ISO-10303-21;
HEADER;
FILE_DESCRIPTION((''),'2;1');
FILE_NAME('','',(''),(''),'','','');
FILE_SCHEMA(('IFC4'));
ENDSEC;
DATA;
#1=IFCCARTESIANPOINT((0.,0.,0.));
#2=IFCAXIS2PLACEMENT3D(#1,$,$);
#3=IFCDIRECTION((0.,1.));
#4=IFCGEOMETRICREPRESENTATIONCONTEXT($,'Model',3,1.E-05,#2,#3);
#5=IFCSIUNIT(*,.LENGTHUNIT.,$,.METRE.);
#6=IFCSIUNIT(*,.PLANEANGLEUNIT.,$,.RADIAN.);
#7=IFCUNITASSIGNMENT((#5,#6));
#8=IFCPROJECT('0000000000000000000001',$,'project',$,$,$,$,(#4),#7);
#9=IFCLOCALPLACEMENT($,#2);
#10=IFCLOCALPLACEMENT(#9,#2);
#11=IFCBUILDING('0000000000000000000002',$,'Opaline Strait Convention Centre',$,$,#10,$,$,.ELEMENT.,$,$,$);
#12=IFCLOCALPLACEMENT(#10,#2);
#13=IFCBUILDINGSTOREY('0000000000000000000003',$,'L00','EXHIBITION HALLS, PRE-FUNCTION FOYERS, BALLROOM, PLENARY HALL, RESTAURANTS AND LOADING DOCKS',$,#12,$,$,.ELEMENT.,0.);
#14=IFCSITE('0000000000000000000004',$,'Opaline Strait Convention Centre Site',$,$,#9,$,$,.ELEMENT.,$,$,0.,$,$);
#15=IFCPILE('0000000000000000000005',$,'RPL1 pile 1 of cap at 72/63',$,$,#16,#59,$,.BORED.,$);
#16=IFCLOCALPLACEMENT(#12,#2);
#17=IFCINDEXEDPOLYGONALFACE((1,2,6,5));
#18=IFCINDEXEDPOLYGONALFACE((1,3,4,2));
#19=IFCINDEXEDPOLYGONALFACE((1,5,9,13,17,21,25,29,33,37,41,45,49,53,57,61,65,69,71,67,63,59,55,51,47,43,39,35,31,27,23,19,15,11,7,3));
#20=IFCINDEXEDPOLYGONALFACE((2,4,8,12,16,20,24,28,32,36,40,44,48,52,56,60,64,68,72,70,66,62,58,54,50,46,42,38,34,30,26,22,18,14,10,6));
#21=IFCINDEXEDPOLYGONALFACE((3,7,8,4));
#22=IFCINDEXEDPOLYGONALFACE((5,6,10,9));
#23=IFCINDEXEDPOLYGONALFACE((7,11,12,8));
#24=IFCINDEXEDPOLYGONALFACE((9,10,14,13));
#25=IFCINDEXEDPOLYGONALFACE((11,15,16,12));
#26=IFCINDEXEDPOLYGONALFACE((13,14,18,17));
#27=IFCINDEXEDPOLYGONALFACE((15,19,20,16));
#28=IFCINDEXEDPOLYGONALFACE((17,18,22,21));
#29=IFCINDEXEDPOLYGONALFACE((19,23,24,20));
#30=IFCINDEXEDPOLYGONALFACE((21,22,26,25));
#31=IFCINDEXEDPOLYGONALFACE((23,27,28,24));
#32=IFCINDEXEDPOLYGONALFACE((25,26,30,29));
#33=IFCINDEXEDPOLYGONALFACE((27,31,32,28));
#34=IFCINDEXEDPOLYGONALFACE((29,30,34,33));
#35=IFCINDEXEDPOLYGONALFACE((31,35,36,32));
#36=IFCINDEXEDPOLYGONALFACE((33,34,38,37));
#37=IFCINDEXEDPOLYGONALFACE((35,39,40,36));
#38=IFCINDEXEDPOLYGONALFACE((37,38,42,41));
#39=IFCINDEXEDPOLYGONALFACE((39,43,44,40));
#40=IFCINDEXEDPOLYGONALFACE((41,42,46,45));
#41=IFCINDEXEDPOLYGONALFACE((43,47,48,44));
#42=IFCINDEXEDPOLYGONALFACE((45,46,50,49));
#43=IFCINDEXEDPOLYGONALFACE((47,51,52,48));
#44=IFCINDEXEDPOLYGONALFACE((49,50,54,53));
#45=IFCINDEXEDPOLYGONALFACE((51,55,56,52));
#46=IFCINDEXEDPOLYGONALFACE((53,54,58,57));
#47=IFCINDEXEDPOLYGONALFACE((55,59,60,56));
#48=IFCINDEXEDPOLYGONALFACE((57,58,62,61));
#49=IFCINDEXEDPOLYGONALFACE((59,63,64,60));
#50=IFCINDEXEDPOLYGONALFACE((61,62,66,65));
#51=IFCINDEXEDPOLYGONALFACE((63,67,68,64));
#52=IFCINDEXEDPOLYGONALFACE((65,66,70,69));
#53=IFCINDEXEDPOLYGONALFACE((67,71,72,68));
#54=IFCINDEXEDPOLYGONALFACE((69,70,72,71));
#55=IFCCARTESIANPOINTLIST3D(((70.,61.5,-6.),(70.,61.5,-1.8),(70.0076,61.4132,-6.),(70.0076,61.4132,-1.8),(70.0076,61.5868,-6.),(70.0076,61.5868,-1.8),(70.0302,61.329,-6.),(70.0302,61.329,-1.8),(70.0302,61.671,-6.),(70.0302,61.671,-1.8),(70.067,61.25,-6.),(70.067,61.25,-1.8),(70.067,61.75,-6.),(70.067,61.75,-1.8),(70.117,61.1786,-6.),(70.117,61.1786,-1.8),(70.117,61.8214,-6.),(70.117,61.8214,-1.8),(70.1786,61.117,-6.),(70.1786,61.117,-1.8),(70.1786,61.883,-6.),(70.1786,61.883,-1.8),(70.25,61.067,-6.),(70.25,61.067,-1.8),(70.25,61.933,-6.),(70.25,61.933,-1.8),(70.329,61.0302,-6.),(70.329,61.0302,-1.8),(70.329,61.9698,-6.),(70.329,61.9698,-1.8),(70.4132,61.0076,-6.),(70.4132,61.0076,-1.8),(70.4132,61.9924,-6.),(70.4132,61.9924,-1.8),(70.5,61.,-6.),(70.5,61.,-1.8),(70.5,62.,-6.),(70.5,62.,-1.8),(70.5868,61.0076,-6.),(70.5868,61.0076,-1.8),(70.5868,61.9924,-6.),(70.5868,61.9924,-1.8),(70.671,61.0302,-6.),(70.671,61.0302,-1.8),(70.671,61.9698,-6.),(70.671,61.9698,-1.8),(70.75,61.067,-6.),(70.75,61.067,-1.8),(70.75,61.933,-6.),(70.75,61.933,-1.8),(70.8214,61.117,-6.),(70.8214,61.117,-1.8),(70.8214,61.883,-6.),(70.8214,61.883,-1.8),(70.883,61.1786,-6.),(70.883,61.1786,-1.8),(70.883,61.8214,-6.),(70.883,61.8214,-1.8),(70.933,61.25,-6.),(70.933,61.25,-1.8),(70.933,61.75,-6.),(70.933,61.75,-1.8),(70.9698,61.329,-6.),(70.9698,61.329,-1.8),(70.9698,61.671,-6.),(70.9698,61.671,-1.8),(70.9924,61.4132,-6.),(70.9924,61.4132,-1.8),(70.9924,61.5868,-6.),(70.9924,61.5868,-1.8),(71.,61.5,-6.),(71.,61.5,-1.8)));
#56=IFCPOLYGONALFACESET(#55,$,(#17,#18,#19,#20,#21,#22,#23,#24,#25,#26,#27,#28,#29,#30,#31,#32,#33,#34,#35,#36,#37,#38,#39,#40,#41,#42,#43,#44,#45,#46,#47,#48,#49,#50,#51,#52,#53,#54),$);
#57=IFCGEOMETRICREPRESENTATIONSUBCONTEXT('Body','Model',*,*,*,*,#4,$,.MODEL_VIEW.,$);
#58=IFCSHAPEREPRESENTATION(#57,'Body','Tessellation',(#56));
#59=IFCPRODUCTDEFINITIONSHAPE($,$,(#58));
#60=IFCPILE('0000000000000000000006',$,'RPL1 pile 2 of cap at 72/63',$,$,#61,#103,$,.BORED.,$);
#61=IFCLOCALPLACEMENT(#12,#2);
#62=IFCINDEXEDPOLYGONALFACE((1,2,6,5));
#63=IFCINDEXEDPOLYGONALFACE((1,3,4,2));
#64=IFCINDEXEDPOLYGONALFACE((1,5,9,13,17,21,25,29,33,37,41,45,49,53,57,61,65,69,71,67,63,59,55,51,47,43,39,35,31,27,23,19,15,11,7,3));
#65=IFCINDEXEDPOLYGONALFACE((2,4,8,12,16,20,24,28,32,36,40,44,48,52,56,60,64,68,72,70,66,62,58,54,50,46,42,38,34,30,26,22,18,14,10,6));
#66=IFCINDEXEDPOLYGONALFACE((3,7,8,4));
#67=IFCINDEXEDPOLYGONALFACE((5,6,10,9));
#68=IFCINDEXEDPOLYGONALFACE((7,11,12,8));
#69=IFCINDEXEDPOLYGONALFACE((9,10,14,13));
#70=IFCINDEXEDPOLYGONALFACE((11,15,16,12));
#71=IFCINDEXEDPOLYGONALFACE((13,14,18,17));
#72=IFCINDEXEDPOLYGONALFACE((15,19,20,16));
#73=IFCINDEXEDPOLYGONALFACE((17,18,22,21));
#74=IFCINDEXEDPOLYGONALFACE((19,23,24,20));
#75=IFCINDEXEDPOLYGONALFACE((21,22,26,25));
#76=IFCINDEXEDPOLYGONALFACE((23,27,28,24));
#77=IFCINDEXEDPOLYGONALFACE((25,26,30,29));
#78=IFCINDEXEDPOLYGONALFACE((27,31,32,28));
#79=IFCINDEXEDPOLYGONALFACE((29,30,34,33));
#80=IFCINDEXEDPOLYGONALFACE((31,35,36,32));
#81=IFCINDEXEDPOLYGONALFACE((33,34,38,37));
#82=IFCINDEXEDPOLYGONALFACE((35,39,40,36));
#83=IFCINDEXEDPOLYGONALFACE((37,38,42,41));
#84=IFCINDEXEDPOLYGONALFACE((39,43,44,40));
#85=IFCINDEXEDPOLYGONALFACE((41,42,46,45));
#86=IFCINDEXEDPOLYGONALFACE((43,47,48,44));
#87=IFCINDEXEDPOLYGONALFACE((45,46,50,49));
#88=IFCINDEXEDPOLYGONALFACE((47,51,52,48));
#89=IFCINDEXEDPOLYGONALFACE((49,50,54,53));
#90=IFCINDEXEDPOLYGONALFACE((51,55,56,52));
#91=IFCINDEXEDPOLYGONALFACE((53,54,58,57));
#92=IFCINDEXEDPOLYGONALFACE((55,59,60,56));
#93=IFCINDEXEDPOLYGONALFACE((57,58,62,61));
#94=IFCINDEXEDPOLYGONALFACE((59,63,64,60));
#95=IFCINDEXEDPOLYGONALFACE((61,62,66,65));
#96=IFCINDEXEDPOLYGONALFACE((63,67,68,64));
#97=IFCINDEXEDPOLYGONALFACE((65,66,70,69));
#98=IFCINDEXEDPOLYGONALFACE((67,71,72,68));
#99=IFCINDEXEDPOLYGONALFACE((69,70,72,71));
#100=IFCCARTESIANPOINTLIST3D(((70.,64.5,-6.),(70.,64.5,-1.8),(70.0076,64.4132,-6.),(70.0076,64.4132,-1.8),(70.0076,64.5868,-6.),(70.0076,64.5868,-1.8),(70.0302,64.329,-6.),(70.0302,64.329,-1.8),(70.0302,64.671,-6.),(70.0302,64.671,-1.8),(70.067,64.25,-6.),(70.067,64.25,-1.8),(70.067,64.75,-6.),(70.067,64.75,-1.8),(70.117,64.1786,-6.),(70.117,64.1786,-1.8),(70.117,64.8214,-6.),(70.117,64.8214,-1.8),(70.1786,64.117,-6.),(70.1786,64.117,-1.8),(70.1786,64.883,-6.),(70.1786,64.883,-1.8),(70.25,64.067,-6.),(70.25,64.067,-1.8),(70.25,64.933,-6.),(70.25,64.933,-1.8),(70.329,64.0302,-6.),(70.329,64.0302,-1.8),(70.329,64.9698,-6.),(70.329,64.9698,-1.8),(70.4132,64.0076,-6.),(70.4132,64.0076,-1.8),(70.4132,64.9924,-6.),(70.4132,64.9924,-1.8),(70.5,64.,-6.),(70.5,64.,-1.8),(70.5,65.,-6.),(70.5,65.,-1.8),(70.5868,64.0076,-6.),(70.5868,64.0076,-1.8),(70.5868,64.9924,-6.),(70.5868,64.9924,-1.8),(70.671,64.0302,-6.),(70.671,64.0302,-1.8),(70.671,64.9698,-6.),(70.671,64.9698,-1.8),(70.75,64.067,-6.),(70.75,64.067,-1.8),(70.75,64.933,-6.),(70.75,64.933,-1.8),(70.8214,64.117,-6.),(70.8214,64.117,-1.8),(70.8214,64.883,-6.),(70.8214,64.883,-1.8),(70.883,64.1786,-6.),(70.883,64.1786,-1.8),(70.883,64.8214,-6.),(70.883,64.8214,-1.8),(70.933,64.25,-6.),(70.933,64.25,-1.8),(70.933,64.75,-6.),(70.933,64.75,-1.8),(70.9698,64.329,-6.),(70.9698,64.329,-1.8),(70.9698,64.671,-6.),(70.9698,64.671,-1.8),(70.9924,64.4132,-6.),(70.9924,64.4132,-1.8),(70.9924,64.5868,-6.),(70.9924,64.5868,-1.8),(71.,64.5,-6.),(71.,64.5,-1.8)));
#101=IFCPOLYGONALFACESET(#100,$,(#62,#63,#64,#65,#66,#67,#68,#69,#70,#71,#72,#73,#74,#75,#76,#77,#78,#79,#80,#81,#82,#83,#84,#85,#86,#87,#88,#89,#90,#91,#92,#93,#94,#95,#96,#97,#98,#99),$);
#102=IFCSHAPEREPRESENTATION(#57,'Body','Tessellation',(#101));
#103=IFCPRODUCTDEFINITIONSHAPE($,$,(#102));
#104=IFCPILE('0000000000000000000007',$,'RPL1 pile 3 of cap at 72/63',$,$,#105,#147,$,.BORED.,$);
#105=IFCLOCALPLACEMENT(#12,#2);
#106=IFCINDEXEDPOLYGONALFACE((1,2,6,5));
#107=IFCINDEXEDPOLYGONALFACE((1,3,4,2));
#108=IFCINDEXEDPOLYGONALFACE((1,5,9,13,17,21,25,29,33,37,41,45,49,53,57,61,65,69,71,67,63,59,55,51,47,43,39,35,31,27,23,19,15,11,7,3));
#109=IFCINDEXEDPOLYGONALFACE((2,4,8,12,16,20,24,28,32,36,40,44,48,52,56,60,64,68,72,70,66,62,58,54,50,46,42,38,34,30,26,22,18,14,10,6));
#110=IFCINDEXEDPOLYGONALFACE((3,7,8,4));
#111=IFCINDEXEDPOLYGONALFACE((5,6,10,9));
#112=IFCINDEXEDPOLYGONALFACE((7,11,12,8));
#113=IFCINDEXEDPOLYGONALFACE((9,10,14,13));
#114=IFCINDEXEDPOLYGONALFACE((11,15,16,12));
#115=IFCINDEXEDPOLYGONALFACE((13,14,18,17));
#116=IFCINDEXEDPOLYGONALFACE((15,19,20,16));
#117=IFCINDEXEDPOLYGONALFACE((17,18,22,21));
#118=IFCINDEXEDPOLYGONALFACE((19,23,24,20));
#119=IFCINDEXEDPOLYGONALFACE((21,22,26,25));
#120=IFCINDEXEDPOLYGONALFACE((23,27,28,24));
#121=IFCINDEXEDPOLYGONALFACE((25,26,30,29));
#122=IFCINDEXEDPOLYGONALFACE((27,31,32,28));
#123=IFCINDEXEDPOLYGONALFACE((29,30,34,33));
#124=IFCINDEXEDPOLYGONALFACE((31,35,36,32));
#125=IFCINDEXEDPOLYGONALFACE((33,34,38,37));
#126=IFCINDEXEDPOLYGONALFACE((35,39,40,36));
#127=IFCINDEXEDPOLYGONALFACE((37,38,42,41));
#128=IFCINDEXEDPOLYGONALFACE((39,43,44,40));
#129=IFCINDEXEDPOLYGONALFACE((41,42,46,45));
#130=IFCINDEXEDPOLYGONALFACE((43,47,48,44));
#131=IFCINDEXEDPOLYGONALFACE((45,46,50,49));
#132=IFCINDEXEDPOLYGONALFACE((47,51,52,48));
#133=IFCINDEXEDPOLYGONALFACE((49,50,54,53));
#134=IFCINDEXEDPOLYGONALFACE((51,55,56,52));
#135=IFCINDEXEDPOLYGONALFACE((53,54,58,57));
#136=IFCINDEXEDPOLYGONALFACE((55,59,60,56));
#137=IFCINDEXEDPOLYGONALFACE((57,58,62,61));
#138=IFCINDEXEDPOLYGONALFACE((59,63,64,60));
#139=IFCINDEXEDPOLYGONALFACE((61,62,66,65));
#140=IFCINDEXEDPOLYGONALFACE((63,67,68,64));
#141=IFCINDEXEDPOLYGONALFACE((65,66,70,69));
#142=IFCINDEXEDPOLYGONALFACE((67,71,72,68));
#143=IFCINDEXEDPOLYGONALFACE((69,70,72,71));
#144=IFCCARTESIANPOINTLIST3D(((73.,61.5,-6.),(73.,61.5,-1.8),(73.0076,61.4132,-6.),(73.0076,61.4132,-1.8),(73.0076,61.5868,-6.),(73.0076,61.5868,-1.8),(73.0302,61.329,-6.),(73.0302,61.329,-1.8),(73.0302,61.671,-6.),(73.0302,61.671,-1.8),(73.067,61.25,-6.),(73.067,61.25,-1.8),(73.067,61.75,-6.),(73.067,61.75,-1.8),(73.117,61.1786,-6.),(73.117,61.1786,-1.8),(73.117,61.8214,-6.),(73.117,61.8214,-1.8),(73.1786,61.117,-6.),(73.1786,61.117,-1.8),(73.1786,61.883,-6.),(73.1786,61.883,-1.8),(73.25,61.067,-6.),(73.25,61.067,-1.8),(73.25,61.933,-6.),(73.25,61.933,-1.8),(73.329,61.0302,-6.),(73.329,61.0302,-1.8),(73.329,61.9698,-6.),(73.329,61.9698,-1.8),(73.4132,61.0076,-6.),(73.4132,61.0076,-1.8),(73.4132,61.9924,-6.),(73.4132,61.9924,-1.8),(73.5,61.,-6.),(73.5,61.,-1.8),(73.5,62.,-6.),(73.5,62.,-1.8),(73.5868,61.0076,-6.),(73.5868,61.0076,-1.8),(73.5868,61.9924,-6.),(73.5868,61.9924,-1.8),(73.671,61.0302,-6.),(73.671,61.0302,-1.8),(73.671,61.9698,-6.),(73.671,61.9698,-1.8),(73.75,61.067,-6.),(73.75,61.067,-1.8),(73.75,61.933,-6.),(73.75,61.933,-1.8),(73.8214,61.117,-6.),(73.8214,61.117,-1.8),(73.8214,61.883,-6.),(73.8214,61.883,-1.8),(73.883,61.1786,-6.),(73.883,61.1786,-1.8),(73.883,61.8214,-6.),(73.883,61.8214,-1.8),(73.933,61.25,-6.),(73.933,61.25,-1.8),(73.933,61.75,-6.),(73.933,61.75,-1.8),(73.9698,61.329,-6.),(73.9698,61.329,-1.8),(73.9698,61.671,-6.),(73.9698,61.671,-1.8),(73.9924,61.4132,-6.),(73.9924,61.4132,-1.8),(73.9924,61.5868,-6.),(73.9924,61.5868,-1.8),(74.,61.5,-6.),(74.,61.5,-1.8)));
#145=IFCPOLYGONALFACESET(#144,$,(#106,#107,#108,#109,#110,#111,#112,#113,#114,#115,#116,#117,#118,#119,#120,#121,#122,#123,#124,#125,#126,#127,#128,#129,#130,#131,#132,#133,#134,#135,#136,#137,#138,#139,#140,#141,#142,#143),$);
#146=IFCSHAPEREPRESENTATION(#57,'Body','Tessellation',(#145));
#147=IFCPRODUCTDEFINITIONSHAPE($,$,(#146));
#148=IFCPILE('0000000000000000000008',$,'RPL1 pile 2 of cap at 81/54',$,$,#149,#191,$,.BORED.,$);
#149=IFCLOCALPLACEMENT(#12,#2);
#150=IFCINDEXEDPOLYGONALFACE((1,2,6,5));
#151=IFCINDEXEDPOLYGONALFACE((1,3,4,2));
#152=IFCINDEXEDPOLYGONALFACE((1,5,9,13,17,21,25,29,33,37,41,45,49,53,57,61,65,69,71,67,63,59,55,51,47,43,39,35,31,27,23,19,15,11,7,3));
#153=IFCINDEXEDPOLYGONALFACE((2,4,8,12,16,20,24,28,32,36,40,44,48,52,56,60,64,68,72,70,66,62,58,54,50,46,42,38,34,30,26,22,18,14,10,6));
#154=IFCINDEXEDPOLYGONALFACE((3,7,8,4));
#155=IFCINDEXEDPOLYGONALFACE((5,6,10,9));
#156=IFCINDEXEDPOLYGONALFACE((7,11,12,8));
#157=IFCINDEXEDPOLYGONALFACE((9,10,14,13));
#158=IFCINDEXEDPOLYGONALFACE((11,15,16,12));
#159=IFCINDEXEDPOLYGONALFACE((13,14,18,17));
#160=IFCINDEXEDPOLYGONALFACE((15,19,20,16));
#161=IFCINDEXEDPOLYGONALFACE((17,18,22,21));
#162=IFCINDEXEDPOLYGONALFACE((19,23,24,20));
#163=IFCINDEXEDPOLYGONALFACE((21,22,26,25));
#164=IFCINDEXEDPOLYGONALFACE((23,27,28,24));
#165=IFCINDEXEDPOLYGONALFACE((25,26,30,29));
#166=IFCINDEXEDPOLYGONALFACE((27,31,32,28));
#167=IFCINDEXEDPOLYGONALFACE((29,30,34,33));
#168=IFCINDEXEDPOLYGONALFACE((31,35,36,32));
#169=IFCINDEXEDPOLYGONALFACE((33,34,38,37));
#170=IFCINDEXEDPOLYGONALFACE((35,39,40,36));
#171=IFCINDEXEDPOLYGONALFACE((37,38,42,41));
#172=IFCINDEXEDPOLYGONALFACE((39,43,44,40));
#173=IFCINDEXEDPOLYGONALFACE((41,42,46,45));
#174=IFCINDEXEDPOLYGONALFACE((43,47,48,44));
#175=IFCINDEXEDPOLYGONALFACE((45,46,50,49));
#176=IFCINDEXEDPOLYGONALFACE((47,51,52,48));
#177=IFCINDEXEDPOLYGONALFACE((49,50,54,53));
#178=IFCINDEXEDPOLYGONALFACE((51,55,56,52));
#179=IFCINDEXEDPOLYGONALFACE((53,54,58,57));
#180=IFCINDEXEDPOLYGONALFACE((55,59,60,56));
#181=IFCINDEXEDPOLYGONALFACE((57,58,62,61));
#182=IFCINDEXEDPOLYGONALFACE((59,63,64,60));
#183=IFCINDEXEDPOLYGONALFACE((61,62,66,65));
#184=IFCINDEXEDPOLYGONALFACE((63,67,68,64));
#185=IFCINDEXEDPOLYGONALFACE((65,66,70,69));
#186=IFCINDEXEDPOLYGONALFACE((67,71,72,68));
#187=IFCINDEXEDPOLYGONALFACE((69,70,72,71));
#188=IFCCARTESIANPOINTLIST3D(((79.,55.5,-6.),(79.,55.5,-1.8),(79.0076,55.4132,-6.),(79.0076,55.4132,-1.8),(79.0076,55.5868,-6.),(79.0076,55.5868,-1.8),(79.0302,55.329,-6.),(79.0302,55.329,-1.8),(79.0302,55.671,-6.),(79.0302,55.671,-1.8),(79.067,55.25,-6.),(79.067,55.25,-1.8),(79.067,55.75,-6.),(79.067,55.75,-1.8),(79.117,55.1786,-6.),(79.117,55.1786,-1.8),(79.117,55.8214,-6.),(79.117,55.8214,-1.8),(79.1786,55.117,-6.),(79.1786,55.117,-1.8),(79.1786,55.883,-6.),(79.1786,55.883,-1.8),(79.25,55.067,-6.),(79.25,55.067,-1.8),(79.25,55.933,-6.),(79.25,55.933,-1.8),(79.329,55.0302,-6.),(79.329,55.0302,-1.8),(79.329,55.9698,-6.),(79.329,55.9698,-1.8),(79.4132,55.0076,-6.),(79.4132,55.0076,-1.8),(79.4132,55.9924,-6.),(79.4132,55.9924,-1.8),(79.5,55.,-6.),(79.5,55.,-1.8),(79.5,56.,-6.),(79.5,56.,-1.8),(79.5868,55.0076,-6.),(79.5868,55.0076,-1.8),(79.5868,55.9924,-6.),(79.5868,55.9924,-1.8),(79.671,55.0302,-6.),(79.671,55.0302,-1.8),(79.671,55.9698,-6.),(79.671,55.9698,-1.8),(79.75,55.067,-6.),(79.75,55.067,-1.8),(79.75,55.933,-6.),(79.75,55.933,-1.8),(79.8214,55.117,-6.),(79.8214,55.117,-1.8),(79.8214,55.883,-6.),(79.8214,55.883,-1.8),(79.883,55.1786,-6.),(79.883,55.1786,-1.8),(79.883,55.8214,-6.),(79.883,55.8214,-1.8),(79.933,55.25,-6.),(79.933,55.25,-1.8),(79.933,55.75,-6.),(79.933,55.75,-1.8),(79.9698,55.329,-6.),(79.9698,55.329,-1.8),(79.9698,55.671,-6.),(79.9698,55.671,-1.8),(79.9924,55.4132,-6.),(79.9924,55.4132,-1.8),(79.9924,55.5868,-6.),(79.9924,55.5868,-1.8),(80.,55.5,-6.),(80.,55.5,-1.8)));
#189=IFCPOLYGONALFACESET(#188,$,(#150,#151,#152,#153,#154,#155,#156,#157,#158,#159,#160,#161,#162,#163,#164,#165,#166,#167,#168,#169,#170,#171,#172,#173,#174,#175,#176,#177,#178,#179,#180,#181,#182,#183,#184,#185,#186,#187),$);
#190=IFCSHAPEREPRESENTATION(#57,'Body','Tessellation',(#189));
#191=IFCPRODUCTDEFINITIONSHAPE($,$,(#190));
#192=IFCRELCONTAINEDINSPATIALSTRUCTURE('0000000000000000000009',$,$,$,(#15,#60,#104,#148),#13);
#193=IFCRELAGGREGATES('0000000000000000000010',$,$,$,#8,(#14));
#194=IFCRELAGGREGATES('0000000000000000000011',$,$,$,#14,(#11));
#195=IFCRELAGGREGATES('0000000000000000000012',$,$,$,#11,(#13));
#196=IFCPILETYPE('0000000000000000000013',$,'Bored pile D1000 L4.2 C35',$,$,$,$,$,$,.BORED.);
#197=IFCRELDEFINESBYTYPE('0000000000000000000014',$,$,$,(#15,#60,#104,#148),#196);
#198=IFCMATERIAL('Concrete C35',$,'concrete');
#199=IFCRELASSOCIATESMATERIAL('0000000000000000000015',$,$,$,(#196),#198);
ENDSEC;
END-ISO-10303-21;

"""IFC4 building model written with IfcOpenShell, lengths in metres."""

from ifc_helpers import new_model, si_unit, direction, frame, origin, origin_2d, place, context, subcontext, project, spatial, circle, extrude, material, material_profile, profile_set, type_object, element, save


model = new_model("IFC4")

# Units and contexts
model_context = context("Model", 3, precision=1e-05, world=origin(), true_north=direction((0.0, 1.0)))
body_context = subcontext(model_context, "Body", "Model", "MODEL_VIEW")
ifc_project = project(units=[si_unit("LENGTHUNIT", "METRE"), si_unit("PLANEANGLEUNIT", "RADIAN")], contexts=[model_context])

# Site, building, storey
site_placement = place(None, origin())
site = spatial("IfcSite", under=ifc_project, at=site_placement, Name="Opaline Strait Convention Centre Site", CompositionType="ELEMENT", RefElevation=0.0)
building_placement = place(site_placement, origin())
building = spatial("IfcBuilding", under=site, at=building_placement, Name="Opaline Strait Convention Centre", CompositionType="ELEMENT")
storey_placement = place(building_placement, origin())
storey = spatial("IfcBuildingStorey", under=building, at=storey_placement, Name="L00", Description="EXHIBITION HALLS, PRE-FUNCTION FOYERS, BALLROOM, PLENARY HALL, RESTAURANTS AND LOADING DOCKS", CompositionType="ELEMENT", Elevation=0.0)

# Piles
ifc_material_1 = material(Name="Concrete C35", Category="concrete")
ifc_material_profile_1 = material_profile(ifc_material_1, circle(Radius=0.5, at=origin_2d()), Name="D1000")
ifc_profile_set_1 = profile_set([ifc_material_profile_1], Name="Concrete C35")
pile_type = type_object("IfcPileType", Name="Bored pile D1000 L4.2 C35", PredefinedType="BORED", material=ifc_profile_set_1)
for number, where, z_axis, x_axis, name in (
    (1, (70.5, 61.5, -1.8), (0.0, 0.0, -1.0), (1.0, 0.0, 0.0), "RPL1 pile 1 of cap at 72/63"),
    (2, (70.5, 64.5, -1.8), (0.0, 0.0, -1.0), (1.0, 0.0, 0.0), "RPL1 pile 2 of cap at 72/63"),
    (3, (73.5, 61.5, -1.8), (0.0, 0.0, -1.0), (1.0, 0.0, 0.0), "RPL1 pile 3 of cap at 72/63"),
    (4, (79.5, 55.5, -1.8), (0.0, 0.0, -1.0), (1.0, 0.0, 0.0), "RPL1 pile 2 of cap at 81/54"),
):
    element("IfcPile", number, at=place(storey_placement, frame(where, z_axis=z_axis, x_axis=x_axis)), inside=storey, type_object=pile_type, Name=name, PredefinedType="BORED", context=body_context, shape_type="SweptSolid", body=[
        extrude(circle(Radius=0.5, at=origin_2d()), origin(), (0.0, 0.0, 1.0), 4.2),
    ])

save(model, "model.ifc")
